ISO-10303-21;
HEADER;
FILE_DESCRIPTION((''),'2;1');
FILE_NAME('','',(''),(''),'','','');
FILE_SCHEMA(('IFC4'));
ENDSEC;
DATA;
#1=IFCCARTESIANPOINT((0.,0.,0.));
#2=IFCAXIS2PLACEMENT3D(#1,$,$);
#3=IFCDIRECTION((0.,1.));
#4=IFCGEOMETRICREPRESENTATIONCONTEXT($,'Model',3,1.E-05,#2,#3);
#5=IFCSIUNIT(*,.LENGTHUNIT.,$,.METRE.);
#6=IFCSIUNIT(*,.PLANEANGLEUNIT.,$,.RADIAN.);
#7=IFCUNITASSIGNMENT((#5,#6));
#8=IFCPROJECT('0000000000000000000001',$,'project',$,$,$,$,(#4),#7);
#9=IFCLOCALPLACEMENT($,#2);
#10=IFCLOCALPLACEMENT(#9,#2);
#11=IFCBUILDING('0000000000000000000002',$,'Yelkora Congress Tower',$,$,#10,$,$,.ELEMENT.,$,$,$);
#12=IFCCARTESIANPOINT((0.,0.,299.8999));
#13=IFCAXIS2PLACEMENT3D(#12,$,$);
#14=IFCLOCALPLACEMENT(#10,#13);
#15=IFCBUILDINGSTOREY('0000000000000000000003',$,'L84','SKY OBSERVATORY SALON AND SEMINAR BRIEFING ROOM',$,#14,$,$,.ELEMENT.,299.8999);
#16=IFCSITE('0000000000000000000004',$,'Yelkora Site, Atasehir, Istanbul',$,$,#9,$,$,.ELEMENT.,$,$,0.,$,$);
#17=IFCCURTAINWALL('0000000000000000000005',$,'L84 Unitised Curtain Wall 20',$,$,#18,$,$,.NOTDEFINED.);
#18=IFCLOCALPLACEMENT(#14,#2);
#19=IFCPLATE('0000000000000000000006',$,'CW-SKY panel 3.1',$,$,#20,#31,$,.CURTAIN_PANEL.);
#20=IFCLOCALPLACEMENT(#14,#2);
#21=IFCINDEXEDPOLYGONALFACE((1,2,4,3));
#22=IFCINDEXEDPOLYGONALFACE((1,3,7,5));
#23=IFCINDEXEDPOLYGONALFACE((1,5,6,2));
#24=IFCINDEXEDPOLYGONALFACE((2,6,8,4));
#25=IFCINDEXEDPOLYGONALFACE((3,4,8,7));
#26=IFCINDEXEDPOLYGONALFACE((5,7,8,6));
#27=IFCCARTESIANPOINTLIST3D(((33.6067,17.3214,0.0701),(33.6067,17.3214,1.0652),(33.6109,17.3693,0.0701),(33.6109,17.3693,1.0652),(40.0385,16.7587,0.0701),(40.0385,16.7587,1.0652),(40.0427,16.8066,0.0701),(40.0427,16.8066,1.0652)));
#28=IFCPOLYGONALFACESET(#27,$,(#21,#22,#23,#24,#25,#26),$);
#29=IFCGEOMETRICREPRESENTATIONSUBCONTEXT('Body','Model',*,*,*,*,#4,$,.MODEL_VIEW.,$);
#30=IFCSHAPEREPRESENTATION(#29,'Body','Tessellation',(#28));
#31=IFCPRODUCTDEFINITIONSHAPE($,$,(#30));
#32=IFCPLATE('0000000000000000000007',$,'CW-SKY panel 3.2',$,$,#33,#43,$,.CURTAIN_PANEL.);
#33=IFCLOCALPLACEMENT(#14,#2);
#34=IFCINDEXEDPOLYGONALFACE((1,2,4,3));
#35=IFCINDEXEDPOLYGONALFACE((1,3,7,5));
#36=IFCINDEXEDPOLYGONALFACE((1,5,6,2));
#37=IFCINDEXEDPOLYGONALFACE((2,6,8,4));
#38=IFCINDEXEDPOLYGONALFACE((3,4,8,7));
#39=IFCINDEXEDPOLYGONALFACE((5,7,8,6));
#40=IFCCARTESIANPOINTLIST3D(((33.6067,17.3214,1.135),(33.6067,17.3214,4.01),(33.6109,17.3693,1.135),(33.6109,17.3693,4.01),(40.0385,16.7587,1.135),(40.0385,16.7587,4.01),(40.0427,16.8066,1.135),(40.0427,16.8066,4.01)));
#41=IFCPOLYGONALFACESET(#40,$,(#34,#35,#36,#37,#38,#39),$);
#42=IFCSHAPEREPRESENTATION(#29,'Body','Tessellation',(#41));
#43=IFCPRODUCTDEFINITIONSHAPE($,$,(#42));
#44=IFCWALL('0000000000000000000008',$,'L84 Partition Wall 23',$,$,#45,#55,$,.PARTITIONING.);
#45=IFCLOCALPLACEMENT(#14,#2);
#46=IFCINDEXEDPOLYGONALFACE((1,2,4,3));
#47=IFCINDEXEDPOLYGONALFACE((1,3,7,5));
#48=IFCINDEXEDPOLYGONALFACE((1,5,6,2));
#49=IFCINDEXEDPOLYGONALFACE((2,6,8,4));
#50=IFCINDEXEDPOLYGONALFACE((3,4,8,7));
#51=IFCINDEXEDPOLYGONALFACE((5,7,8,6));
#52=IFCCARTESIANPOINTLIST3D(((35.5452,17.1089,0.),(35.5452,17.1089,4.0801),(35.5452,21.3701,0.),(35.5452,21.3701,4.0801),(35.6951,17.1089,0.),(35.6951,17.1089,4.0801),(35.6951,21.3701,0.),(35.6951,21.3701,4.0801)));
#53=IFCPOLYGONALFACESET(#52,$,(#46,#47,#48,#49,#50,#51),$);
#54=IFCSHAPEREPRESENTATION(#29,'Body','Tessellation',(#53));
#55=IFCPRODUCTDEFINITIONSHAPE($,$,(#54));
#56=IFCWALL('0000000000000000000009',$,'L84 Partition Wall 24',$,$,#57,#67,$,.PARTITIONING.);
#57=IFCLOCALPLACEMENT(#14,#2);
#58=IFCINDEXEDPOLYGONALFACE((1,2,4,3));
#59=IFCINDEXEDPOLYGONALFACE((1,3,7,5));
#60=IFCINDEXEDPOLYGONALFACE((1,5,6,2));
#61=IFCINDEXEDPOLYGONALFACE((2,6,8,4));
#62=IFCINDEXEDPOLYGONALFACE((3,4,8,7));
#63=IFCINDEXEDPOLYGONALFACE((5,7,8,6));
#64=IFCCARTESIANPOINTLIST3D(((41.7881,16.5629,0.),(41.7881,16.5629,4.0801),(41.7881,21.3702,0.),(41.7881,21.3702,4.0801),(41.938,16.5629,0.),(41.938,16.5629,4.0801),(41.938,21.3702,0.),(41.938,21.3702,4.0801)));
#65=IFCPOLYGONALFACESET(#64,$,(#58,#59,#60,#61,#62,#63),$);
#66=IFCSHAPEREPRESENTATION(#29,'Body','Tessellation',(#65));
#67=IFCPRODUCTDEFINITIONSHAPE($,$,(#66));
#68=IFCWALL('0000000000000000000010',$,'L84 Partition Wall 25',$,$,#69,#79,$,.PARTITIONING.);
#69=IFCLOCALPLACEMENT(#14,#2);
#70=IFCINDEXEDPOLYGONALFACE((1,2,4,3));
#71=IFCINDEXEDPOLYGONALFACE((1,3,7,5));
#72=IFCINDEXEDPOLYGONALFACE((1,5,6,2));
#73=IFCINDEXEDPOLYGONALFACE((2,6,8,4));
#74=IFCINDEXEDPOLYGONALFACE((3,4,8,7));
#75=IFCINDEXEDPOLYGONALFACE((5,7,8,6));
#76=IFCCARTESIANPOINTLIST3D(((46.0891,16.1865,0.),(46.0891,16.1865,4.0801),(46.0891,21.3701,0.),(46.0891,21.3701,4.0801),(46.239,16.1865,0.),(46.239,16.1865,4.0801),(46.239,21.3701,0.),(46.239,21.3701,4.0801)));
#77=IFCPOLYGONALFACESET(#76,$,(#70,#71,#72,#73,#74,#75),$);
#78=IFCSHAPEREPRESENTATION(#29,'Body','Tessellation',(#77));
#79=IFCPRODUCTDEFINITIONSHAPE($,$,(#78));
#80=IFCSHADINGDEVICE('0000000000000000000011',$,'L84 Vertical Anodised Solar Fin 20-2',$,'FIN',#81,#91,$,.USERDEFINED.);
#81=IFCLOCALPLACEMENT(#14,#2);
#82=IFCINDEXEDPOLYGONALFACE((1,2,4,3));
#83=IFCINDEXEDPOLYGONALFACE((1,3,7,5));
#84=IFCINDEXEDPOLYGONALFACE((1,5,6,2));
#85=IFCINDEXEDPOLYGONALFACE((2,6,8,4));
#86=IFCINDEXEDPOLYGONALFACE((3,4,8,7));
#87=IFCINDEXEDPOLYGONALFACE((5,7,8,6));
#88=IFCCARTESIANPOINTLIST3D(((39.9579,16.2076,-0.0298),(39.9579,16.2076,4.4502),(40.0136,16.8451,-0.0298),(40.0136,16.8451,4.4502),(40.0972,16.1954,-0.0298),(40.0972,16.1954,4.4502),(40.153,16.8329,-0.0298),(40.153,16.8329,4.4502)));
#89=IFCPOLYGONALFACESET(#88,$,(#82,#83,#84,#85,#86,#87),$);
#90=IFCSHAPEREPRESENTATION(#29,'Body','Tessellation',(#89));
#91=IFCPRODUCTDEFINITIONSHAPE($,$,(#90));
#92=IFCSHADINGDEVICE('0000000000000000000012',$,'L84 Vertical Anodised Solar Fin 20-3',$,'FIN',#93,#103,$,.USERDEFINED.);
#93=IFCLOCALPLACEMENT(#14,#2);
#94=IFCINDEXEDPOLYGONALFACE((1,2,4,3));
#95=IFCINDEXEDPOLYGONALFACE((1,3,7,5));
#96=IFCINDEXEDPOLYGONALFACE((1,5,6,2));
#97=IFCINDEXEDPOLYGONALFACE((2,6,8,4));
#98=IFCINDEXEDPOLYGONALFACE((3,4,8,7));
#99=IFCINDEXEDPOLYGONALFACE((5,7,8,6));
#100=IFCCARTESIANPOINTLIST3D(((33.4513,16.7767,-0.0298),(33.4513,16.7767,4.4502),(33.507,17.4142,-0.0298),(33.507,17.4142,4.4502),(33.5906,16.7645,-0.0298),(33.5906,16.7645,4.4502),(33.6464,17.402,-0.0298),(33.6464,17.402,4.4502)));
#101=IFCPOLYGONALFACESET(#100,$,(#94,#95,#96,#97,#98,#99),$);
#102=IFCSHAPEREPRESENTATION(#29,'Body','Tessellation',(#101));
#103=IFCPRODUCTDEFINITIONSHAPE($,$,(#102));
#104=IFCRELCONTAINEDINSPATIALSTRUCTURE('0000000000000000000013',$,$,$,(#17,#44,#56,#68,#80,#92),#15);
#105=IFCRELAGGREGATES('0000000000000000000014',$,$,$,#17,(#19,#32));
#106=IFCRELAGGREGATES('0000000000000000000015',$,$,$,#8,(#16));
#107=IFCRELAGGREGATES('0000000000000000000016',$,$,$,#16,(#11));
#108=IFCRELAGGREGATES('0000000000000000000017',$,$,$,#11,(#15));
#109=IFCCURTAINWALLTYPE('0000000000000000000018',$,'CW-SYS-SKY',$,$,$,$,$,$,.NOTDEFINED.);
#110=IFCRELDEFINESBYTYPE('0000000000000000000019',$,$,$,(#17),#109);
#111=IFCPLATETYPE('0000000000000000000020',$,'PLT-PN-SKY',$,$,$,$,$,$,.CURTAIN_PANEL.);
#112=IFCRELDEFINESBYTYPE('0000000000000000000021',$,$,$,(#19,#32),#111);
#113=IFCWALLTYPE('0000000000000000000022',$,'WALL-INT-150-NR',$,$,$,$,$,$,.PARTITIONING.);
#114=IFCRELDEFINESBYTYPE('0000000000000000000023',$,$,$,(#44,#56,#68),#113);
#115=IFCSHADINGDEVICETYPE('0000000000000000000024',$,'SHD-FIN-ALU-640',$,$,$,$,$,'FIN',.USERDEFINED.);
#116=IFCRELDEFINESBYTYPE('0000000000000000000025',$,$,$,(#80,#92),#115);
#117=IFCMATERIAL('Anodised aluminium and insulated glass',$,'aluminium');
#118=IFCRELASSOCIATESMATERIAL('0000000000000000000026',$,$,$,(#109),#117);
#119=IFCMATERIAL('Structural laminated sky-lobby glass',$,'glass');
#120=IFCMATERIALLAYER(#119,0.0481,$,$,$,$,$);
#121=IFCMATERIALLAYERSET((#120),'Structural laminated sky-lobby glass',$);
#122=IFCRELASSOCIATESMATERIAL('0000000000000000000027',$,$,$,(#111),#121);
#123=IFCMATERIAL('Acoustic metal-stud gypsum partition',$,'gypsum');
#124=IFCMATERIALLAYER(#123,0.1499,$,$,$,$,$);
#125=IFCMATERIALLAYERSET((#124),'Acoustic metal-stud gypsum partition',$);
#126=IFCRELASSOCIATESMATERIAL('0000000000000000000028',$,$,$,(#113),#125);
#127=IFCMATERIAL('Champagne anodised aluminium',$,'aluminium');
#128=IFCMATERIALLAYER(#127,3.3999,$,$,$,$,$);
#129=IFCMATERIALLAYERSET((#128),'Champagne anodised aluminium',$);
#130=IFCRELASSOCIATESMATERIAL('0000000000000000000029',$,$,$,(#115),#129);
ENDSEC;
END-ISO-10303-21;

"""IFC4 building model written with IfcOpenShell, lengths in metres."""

from ifc_helpers import new_model, si_unit, direction, frame, frame_2d, origin, origin_2d, place, context, subcontext, project, spatial, rectangle, extrude, material, layer, layer_set, type_object, element, aggregate, save


model = new_model("IFC4")

# Units and contexts
model_context = context("Model", 3, precision=1e-05, world=origin(), true_north=direction((0.0, 1.0)))
body_context = subcontext(model_context, "Body", "Model", "MODEL_VIEW")
ifc_project = project(units=[si_unit("LENGTHUNIT", "METRE"), si_unit("PLANEANGLEUNIT", "RADIAN")], contexts=[model_context])

# Site, building, storey
site_placement = place(None, origin())
site = spatial("IfcSite", under=ifc_project, at=site_placement, Name="Yelkora Site, Atasehir, Istanbul", CompositionType="ELEMENT", RefElevation=0.0)
building_placement = place(site_placement, origin())
building = spatial("IfcBuilding", under=site, at=building_placement, Name="Yelkora Congress Tower", CompositionType="ELEMENT")
storey_placement = place(building_placement, frame((0.0, 0.0, 299.8999)))
storey = spatial("IfcBuildingStorey", under=building, at=storey_placement, Name="L84", Description="SKY OBSERVATORY SALON AND SEMINAR BRIEFING ROOM", CompositionType="ELEMENT", Elevation=299.8999)

# Curtain wall, plates
ifc_material_1 = material(Name="Anodised aluminium and insulated glass", Category="aluminium")
curtain_wall_type = type_object("IfcCurtainWallType", Name="CW-SYS-SKY", PredefinedType="NOTDEFINED", material=ifc_material_1)
curtain_wall_placement = place(storey_placement, origin())
curtain_wall = element("IfcCurtainWall", 1, at=curtain_wall_placement, inside=storey, type_object=curtain_wall_type, Name="L84 Unitised Curtain Wall 20", PredefinedType="NOTDEFINED")
ifc_material_2 = material(Name="Structural laminated sky-lobby glass", Category="glass")
ifc_layer_1 = layer(ifc_material_2, 0.0481)
ifc_layer_set_1 = layer_set([ifc_layer_1], Name="Structural laminated sky-lobby glass")
plate_type = type_object("IfcPlateType", Name="PLT-PN-SKY", PredefinedType="CURTAIN_PANEL", material=ifc_layer_set_1)
plate_1_placement = place(storey_placement, frame((36.8247, 17.064, 0.0701), z_axis=(0.0, 0.0, 1.0), x_axis=(-0.996195, 0.087157, 0.0)))
plate_1 = element("IfcPlate", 2, at=plate_1_placement, type_object=plate_type, Name="CW-SKY panel 3.1", PredefinedType="CURTAIN_PANEL", context=body_context, shape_type="SweptSolid", body=[
    extrude(rectangle(XDim=6.4563, YDim=0.0481, at=origin_2d()), origin(), (0.0, 0.0, 1.0), 0.9951),
])
plate_2_placement = place(storey_placement, frame((36.8247, 17.064, 1.135), z_axis=(0.0, 0.0, 1.0), x_axis=(-0.996195, 0.087157, 0.0)))
plate_2 = element("IfcPlate", 3, at=plate_2_placement, type_object=plate_type, Name="CW-SKY panel 3.2", PredefinedType="CURTAIN_PANEL", context=body_context, shape_type="SweptSolid", body=[
    extrude(rectangle(XDim=6.4563, YDim=0.0481, at=origin_2d()), origin(), (0.0, 0.0, 1.0), 2.875),
])
aggregate(curtain_wall, [plate_1, plate_2])

# Walls
ifc_material_3 = material(Name="Acoustic metal-stud gypsum partition", Category="gypsum")
ifc_layer_2 = layer(ifc_material_3, 0.1499)
ifc_layer_set_2 = layer_set([ifc_layer_2], Name="Acoustic metal-stud gypsum partition")
wall_type = type_object("IfcWallType", Name="WALL-INT-150-NR", PredefinedType="PARTITIONING", material=ifc_layer_set_2)
wall_1_placement = place(storey_placement, frame((35.6201, 17.1089, 0.0), z_axis=(0.0, 0.0, 1.0), x_axis=(0.0, 1.0, 0.0)))
element("IfcWall", 4, at=wall_1_placement, inside=storey, type_object=wall_type, Name="L84 Partition Wall 23", PredefinedType="PARTITIONING", context=body_context, shape_type="SweptSolid", body=[
    extrude(rectangle(XDim=4.2612, YDim=0.1499, at=frame_2d((2.1306, 0.0))), origin(), (0.0, 0.0, 1.0), 4.0801),
])
wall_2_placement = place(storey_placement, frame((41.863, 16.5627, 0.0), z_axis=(0.0, 0.0, 1.0), x_axis=(0.0, 1.0, 0.0)))
element("IfcWall", 5, at=wall_2_placement, inside=storey, type_object=wall_type, Name="L84 Partition Wall 24", PredefinedType="PARTITIONING", context=body_context, shape_type="SweptSolid", body=[
    extrude(rectangle(XDim=4.8074, YDim=0.1499, at=frame_2d((2.4038, 0.0))), origin(), (0.0, 0.0, 1.0), 4.0801),
])
wall_3_placement = place(storey_placement, frame((46.1641, 16.1865, 0.0), z_axis=(0.0, 0.0, 1.0), x_axis=(0.0, 1.0, 0.0)))
element("IfcWall", 6, at=wall_3_placement, inside=storey, type_object=wall_type, Name="L84 Partition Wall 25", PredefinedType="PARTITIONING", context=body_context, shape_type="SweptSolid", body=[
    extrude(rectangle(XDim=5.1836, YDim=0.1499, at=frame_2d((2.5918, 0.0))), origin(), (0.0, 0.0, 1.0), 4.0801),
])

# Shading devices
ifc_material_4 = material(Name="Champagne anodised aluminium", Category="aluminium")
ifc_layer_3 = layer(ifc_material_4, 3.3999)
ifc_layer_set_3 = layer_set([ifc_layer_3], Name="Champagne anodised aluminium")
shading_device_type = type_object("IfcShadingDeviceType", Name="SHD-FIN-ALU-640", ElementType="FIN", PredefinedType="USERDEFINED", material=ifc_layer_set_3)
for number, where, z_axis, x_axis, name in (
    (7, (40.0554, 16.5203, -0.0298), (0.0, 0.0, 1.0), (-0.996195, 0.087156, 0.0), "L84 Vertical Anodised Solar Fin 20-2"),
    (8, (33.5488, 17.0894, -0.0298), (0.0, 0.0, 1.0), (-0.996195, 0.087156, 0.0), "L84 Vertical Anodised Solar Fin 20-3"),
):
    element("IfcShadingDevice", number, at=place(storey_placement, frame(where, z_axis=z_axis, x_axis=x_axis)), inside=storey, type_object=shading_device_type, Name=name, ObjectType="FIN", PredefinedType="USERDEFINED", context=body_context, shape_type="SweptSolid", body=[
        extrude(rectangle(XDim=0.1399, YDim=0.6399, at=origin_2d()), origin(), (0.0, 0.0, 1.0), 4.48),
    ])

save(model, "model.ifc")
